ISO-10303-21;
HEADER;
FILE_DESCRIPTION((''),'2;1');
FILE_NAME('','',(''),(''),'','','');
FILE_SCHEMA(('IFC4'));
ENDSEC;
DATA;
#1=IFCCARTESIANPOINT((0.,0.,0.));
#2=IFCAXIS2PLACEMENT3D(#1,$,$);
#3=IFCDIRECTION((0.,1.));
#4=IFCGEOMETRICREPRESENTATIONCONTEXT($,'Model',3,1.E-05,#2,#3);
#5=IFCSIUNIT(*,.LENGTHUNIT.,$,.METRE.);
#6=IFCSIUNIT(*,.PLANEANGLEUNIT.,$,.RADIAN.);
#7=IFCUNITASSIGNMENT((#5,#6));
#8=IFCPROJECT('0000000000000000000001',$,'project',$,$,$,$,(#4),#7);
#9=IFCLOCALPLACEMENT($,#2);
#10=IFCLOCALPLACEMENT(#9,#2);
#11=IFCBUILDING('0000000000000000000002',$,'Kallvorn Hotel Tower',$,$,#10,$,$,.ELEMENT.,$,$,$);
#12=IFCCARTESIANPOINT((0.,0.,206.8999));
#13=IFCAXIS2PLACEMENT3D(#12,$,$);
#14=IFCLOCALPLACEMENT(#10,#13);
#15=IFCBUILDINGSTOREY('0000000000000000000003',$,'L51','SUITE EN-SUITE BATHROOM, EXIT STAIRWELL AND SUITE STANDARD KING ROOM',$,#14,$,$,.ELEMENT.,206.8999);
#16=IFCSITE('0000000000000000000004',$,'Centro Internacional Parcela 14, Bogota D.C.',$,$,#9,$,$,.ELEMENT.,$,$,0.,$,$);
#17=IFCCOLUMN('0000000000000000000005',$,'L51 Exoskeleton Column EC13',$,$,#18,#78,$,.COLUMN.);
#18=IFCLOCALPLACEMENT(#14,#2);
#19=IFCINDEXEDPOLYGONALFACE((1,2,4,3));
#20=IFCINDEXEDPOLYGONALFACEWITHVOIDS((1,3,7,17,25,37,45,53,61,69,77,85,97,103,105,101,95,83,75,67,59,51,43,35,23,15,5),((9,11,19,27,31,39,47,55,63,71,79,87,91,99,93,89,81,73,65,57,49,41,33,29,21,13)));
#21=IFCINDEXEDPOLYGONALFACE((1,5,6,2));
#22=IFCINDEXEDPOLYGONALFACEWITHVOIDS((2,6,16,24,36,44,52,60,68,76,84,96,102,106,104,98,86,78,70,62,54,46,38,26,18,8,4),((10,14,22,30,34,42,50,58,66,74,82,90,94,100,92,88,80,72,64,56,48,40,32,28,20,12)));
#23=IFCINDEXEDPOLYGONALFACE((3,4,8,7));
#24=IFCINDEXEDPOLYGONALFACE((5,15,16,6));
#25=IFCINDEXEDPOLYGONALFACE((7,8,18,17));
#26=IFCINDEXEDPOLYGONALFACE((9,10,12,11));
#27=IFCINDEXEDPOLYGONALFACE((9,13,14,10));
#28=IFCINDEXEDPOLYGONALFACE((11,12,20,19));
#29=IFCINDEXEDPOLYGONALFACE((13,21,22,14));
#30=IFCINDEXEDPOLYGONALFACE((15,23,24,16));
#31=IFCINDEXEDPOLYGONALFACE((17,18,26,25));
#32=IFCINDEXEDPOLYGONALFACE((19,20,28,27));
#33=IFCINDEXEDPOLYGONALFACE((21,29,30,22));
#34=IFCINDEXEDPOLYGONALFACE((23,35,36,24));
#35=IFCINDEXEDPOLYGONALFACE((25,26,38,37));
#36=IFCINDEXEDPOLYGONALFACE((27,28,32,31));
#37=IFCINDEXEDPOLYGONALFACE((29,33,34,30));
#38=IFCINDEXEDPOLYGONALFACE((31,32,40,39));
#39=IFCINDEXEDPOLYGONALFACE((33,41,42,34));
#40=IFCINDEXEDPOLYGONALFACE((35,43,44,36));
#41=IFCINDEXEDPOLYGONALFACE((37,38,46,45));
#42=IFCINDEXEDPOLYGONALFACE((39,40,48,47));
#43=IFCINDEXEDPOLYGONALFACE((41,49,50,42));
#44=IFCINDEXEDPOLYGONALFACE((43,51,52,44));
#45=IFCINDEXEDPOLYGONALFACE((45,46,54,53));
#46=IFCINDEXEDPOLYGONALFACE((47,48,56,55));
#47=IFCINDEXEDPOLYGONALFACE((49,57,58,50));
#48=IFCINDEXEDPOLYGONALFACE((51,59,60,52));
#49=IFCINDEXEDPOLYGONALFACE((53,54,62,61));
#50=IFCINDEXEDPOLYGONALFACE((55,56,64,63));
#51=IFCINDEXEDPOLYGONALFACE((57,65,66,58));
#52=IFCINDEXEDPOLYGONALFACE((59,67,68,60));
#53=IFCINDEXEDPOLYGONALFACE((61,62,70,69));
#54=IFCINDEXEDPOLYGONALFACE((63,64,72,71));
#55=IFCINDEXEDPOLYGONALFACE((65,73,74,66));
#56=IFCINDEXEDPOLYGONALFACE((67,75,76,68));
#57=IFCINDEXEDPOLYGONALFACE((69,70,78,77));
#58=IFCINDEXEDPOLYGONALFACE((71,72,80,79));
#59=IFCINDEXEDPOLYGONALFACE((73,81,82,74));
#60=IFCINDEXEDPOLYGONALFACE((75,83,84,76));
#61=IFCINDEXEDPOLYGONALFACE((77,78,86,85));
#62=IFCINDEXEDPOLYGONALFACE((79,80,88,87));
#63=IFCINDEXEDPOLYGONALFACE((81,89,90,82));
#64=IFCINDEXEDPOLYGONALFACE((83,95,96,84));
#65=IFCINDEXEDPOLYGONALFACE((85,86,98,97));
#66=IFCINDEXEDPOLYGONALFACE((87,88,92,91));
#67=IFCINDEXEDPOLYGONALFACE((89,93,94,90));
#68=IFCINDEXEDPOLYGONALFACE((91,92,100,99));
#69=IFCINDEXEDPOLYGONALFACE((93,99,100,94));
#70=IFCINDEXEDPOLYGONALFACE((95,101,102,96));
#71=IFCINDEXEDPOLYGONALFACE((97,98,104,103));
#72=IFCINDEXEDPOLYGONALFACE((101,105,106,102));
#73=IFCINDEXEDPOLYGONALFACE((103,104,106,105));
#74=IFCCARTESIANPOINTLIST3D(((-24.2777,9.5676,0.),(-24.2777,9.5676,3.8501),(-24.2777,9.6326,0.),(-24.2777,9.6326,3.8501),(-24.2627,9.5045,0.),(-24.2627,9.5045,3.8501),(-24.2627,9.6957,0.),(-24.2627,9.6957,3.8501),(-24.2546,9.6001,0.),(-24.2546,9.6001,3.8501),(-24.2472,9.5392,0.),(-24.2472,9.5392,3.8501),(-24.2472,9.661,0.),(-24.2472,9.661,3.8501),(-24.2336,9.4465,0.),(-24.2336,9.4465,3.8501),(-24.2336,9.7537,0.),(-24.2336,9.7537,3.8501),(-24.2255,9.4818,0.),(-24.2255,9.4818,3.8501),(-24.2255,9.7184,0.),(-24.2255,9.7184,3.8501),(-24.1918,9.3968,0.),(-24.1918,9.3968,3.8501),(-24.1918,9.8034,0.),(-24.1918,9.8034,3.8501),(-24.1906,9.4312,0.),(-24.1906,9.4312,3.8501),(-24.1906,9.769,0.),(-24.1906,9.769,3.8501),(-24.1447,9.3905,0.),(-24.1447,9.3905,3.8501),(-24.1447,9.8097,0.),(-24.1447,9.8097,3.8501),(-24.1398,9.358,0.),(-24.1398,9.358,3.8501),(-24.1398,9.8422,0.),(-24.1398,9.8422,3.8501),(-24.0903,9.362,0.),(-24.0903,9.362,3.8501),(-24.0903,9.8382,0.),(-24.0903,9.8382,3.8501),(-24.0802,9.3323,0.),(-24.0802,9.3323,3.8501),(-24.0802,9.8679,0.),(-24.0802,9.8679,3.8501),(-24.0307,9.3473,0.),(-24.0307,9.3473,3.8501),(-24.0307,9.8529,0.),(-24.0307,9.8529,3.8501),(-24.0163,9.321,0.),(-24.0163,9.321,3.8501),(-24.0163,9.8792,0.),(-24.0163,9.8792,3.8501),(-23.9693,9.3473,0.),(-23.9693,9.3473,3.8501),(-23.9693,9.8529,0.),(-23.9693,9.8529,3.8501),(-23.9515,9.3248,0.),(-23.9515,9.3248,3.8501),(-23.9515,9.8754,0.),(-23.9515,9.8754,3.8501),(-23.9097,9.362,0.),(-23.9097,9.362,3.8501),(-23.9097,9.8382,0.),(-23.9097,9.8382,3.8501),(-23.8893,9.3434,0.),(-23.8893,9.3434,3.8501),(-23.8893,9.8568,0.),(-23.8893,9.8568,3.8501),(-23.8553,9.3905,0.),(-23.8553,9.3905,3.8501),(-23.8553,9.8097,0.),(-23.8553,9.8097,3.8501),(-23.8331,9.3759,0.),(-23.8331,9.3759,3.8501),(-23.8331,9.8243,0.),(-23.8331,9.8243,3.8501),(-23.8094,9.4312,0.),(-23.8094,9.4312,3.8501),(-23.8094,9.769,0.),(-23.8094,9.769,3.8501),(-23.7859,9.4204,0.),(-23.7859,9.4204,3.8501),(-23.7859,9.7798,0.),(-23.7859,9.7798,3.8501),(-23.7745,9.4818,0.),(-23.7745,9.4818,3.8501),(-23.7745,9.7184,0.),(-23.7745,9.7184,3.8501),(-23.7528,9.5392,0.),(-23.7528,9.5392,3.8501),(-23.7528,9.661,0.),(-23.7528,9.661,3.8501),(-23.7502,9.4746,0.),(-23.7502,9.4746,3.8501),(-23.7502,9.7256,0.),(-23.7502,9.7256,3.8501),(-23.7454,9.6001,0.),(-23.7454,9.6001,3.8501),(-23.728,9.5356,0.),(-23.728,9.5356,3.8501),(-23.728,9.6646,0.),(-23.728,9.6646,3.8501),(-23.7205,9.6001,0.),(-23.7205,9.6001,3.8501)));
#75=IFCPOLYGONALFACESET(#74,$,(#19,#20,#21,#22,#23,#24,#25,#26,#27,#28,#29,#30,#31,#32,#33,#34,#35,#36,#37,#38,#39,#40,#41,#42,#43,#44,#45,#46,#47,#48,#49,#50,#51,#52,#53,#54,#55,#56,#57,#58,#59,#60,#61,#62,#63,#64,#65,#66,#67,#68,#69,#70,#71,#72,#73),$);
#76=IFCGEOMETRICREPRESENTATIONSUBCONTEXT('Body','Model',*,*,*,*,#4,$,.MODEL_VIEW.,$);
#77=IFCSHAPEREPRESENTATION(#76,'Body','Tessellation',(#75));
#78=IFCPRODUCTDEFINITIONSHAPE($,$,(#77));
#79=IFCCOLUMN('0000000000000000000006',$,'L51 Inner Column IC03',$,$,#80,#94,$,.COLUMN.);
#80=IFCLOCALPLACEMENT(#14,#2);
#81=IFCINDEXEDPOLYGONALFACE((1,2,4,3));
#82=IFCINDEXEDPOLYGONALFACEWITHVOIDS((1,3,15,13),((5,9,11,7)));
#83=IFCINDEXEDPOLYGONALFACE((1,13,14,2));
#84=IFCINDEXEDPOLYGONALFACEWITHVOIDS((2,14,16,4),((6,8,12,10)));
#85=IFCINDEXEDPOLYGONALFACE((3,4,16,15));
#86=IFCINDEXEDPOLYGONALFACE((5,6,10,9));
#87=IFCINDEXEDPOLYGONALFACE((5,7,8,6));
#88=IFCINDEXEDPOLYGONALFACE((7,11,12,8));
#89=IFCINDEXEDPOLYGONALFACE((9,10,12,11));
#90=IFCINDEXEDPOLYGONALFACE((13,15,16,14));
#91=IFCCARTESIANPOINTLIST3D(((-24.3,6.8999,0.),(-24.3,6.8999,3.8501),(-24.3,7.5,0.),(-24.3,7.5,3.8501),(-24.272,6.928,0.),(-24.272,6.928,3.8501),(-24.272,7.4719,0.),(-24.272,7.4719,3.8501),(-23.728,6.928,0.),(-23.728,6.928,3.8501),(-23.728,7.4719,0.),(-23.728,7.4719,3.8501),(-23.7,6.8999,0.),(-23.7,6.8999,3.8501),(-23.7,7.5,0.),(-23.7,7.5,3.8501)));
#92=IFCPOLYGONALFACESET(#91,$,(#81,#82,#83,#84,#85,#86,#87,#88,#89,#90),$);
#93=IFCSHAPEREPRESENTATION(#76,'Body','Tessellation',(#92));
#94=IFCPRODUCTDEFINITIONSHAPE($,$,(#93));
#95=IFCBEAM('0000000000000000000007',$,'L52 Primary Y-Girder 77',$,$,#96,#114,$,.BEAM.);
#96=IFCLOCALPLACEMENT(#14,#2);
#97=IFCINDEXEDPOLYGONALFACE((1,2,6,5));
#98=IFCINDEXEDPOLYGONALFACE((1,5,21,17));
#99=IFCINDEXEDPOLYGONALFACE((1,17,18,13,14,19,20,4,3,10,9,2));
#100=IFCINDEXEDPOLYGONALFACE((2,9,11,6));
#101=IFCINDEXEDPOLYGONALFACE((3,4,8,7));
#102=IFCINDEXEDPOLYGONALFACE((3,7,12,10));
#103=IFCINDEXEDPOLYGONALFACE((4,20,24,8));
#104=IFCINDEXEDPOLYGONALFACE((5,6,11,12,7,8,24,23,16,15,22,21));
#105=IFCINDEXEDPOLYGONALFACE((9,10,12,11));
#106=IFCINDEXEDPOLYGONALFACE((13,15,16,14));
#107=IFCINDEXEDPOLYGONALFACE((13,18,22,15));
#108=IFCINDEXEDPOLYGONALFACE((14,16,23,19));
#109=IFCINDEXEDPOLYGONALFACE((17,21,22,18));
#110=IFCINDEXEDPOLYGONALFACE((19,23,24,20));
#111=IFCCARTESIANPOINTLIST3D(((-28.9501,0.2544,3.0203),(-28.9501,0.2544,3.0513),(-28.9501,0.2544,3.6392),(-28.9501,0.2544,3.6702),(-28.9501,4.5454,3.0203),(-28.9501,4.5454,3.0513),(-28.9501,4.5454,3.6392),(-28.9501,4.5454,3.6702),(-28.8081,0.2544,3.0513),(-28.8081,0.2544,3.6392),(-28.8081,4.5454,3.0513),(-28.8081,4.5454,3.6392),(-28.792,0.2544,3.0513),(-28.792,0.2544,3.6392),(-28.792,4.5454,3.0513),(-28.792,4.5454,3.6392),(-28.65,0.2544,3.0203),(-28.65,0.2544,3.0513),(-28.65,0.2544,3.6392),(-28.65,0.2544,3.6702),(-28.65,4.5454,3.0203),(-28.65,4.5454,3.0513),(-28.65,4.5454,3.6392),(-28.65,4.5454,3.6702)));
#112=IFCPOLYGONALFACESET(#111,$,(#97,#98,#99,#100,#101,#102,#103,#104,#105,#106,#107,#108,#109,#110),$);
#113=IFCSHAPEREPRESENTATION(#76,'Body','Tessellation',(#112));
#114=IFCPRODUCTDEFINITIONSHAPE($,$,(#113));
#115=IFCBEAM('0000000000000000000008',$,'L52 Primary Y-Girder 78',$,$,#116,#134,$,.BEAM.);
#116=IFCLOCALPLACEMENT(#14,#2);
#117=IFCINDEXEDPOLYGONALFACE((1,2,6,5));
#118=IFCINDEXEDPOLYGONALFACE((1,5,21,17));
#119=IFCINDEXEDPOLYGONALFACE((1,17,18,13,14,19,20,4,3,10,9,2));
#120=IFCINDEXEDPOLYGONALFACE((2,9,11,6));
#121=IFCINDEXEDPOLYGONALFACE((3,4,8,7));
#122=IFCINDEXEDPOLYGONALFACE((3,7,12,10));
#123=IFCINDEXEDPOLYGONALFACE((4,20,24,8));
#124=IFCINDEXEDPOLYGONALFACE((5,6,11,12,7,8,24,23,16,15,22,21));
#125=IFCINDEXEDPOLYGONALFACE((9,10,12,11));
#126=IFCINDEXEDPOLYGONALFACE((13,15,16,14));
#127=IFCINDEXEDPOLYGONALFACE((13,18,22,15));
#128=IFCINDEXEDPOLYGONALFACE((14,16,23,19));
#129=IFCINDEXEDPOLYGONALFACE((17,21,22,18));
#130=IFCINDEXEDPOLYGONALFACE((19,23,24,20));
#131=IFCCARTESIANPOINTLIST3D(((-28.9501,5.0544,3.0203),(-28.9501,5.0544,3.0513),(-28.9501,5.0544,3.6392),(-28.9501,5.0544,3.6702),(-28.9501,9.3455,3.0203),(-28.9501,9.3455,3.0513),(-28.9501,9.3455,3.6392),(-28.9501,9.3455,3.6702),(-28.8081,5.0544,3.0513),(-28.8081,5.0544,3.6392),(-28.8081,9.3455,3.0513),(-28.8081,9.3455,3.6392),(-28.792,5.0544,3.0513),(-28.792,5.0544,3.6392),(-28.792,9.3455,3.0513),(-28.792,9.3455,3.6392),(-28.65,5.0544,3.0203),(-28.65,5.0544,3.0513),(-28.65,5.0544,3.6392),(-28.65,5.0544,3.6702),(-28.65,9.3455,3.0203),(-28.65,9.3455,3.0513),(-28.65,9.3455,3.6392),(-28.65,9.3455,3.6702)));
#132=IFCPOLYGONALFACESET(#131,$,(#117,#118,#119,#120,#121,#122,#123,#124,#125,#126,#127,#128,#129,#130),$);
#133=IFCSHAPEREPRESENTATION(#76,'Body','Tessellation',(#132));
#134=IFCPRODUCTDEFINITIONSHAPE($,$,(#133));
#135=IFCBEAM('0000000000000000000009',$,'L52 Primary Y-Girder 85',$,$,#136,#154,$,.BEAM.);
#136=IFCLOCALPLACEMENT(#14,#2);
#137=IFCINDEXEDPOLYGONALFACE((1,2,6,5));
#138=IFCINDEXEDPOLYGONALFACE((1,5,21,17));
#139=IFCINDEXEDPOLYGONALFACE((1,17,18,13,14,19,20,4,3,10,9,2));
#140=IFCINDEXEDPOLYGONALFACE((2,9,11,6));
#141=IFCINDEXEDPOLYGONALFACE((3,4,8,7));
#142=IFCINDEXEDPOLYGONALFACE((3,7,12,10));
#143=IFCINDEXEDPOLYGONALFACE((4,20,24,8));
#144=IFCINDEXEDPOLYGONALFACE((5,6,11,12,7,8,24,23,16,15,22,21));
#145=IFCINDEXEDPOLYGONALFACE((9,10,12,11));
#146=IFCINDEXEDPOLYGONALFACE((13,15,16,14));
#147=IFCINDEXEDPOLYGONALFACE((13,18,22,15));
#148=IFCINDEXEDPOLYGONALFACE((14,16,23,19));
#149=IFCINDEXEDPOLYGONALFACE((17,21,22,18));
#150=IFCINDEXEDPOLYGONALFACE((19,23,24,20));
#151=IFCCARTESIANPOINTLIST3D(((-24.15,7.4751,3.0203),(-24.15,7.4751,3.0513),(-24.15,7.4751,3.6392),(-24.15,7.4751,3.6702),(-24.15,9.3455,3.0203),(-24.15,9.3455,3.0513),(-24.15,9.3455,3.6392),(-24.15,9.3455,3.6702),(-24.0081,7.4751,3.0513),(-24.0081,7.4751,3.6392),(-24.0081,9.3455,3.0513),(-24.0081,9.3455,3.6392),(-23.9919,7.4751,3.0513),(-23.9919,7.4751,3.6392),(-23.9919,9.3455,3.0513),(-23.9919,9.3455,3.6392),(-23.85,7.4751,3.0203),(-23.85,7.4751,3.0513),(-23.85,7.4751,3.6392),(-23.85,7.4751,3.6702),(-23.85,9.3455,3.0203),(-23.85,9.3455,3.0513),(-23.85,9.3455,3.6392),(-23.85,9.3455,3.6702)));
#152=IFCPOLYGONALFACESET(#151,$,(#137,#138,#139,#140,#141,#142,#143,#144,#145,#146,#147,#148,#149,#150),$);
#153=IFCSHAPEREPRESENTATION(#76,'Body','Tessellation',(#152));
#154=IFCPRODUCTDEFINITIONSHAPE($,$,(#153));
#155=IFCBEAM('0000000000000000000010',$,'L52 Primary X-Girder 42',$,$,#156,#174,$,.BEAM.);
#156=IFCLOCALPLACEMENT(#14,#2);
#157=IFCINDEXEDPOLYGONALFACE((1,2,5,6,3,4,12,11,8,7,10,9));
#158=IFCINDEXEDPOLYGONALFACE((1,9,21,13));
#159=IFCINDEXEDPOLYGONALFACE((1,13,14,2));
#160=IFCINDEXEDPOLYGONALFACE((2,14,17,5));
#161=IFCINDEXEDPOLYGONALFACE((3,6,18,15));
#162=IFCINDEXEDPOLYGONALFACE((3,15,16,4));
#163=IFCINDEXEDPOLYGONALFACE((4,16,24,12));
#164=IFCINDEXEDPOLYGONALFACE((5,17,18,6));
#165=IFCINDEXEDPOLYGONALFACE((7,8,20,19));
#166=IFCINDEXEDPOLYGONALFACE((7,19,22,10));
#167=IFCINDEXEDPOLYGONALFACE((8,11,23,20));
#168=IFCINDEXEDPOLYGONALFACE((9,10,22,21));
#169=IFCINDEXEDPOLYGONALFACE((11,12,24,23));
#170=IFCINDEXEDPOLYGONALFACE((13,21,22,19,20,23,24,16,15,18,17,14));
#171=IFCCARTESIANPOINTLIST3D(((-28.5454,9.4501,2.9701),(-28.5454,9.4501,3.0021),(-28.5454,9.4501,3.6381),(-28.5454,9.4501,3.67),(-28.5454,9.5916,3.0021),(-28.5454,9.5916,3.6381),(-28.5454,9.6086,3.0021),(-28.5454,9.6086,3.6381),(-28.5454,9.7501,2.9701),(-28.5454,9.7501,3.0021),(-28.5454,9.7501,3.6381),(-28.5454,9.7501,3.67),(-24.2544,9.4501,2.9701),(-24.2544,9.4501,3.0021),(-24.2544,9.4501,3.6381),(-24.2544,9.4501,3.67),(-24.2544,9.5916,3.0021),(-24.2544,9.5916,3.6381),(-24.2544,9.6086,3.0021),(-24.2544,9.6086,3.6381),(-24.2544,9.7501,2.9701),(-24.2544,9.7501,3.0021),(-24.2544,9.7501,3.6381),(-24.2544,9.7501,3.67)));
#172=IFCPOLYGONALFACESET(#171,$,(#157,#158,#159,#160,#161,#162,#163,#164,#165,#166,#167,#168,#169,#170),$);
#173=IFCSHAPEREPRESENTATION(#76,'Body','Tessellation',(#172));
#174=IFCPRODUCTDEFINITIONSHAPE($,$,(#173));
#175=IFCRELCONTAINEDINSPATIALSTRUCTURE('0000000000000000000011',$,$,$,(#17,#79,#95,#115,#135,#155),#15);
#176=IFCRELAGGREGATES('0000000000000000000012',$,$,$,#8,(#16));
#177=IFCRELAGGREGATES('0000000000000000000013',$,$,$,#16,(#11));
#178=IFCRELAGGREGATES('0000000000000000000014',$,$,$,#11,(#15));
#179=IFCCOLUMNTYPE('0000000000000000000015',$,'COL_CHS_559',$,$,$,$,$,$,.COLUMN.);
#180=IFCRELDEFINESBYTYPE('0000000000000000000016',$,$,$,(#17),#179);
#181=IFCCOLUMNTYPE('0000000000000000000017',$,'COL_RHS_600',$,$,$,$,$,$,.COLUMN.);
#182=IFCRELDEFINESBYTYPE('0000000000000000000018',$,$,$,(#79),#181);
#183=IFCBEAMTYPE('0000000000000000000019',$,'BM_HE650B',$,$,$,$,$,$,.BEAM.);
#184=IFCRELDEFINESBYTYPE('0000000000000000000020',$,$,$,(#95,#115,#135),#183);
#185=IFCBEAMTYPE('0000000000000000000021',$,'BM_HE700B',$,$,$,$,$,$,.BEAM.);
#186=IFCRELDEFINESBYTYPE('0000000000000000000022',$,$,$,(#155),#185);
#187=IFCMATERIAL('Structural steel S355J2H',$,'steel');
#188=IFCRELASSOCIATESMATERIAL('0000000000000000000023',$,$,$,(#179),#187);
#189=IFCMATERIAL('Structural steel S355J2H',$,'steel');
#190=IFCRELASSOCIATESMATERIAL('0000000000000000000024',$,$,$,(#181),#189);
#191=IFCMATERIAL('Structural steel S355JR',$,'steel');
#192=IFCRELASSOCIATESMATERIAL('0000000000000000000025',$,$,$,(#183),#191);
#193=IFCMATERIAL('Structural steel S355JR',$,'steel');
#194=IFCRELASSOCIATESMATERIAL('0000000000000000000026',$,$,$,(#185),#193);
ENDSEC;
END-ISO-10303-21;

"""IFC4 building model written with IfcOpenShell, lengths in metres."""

from ifc_helpers import new_model, si_unit, direction, frame, origin, origin_2d, place, context, subcontext, project, spatial, hollow_rectangle, hollow_circle, i_section, extrude, material, material_profile, profile_set, type_object, element, save


model = new_model("IFC4")

# Units and contexts
model_context = context("Model", 3, precision=1e-05, world=origin(), true_north=direction((0.0, 1.0)))
body_context = subcontext(model_context, "Body", "Model", "MODEL_VIEW")
ifc_project = project(units=[si_unit("LENGTHUNIT", "METRE"), si_unit("PLANEANGLEUNIT", "RADIAN")], contexts=[model_context])

# Site, building, storey
site_placement = place(None, origin())
site = spatial("IfcSite", under=ifc_project, at=site_placement, Name="Centro Internacional Parcela 14, Bogota D.C.", CompositionType="ELEMENT", RefElevation=0.0)
building_placement = place(site_placement, origin())
building = spatial("IfcBuilding", under=site, at=building_placement, Name="Kallvorn Hotel Tower", CompositionType="ELEMENT")
storey_placement = place(building_placement, frame((0.0, 0.0, 206.8999)))
storey = spatial("IfcBuildingStorey", under=building, at=storey_placement, Name="L51", Description="SUITE EN-SUITE BATHROOM, EXIT STAIRWELL AND SUITE STANDARD KING ROOM", CompositionType="ELEMENT", Elevation=206.8999)

# Columns
ifc_material_1 = material(Name="Structural steel S355J2H", Category="steel")
ifc_material_profile_1 = material_profile(ifc_material_1, hollow_circle(Radius=0.2795, WallThickness=0.0249, at=origin_2d()), Name="CHS 559x25")
ifc_profile_set_1 = profile_set([ifc_material_profile_1], Name="Structural steel S355J2H")
column_type_1 = type_object("IfcColumnType", Name="COL_CHS_559", PredefinedType="COLUMN", material=ifc_profile_set_1)
for number, where, z_axis, x_axis, name in (
    (1, (-24.0, 9.6001, 0.0), (0.0, 0.0, 1.0), (1.0, 0.0, 0.0), "L51 Exoskeleton Column EC13"),
):
    element("IfcColumn", number, at=place(storey_placement, frame(where, z_axis=z_axis, x_axis=x_axis)), inside=storey, type_object=column_type_1, Name=name, PredefinedType="COLUMN", context=body_context, shape_type="SweptSolid", body=[
        extrude(hollow_circle(Radius=0.2795, WallThickness=0.0249, at=origin_2d()), origin(), (0.0, 0.0, 1.0), 3.8501),
    ])
ifc_material_2 = material(Name="Structural steel S355J2H", Category="steel")
ifc_material_profile_2 = material_profile(ifc_material_2, hollow_rectangle(XDim=0.6001, YDim=0.6001, WallThickness=0.0281, at=origin_2d()), Name="RHS 600x600x28")
ifc_profile_set_2 = profile_set([ifc_material_profile_2], Name="Structural steel S355J2H")
column_type_2 = type_object("IfcColumnType", Name="COL_RHS_600", PredefinedType="COLUMN", material=ifc_profile_set_2)
column_placement = place(storey_placement, frame((-24.0, 7.2, 0.0), z_axis=(0.0, 0.0, 1.0), x_axis=(1.0, 0.0, 0.0)))
element("IfcColumn", 2, at=column_placement, inside=storey, type_object=column_type_2, Name="L51 Inner Column IC03", PredefinedType="COLUMN", context=body_context, shape_type="SweptSolid", body=[
    extrude(hollow_rectangle(XDim=0.6001, YDim=0.6001, WallThickness=0.0281, at=origin_2d()), origin(), (0.0, 0.0, 1.0), 3.8501),
])

# Beams
ifc_material_3 = material(Name="Structural steel S355JR", Category="steel")
ifc_material_profile_3 = material_profile(ifc_material_3, i_section(OverallWidth=0.3, OverallDepth=0.6499, WebThickness=0.0161, FlangeThickness=0.031, at=origin_2d()), Name="HE 650 B")
ifc_profile_set_3 = profile_set([ifc_material_profile_3], Name="Structural steel S355JR")
beam_type_1 = type_object("IfcBeamType", Name="BM_HE650B", PredefinedType="BEAM", material=ifc_profile_set_3)
for number, where, z_axis, x_axis, name in (
    (3, (-28.8, 0.2544, 3.3452), (0.0, 1.0, 0.0), (-1.0, 0.0, 0.0), "L52 Primary Y-Girder 77"),
    (4, (-28.8, 5.0544, 3.3452), (0.0, 1.0, 0.0), (-1.0, 0.0, 0.0), "L52 Primary Y-Girder 78"),
):
    element("IfcBeam", number, at=place(storey_placement, frame(where, z_axis=z_axis, x_axis=x_axis)), inside=storey, type_object=beam_type_1, Name=name, PredefinedType="BEAM", context=body_context, shape_type="SweptSolid", body=[
        extrude(i_section(OverallWidth=0.3, OverallDepth=0.6499, WebThickness=0.0161, FlangeThickness=0.031, at=origin_2d()), origin(), (0.0, 0.0, 1.0), 4.291),
    ])
beam_1_placement = place(storey_placement, frame((-24.0, 7.4751, 3.3452), z_axis=(0.0, 1.0, 0.0), x_axis=(-1.0, 0.0, 0.0)))
element("IfcBeam", 5, at=beam_1_placement, inside=storey, type_object=beam_type_1, Name="L52 Primary Y-Girder 85", PredefinedType="BEAM", context=body_context, shape_type="SweptSolid", body=[
    extrude(i_section(OverallWidth=0.3, OverallDepth=0.6499, WebThickness=0.0161, FlangeThickness=0.031, at=origin_2d()), origin(), (0.0, 0.0, 1.0), 1.8704),
])
ifc_material_4 = material(Name="Structural steel S355JR", Category="steel")
ifc_material_profile_4 = material_profile(ifc_material_4, i_section(OverallWidth=0.3, OverallDepth=0.7, WebThickness=0.0171, FlangeThickness=0.032, at=origin_2d()), Name="HE 700 B")
ifc_profile_set_4 = profile_set([ifc_material_profile_4], Name="Structural steel S355JR")
beam_type_2 = type_object("IfcBeamType", Name="BM_HE700B", PredefinedType="BEAM", material=ifc_profile_set_4)
beam_2_placement = place(storey_placement, frame((-28.5454, 9.6001, 3.3201), z_axis=(1.0, 0.0, 0.0), x_axis=(0.0, 1.0, 0.0)))
element("IfcBeam", 6, at=beam_2_placement, inside=storey, type_object=beam_type_2, Name="L52 Primary X-Girder 42", PredefinedType="BEAM", context=body_context, shape_type="SweptSolid", body=[
    extrude(i_section(OverallWidth=0.3, OverallDepth=0.7, WebThickness=0.0171, FlangeThickness=0.032, at=origin_2d()), origin(), (0.0, 0.0, 1.0), 4.291),
])

save(model, "model.ifc")
